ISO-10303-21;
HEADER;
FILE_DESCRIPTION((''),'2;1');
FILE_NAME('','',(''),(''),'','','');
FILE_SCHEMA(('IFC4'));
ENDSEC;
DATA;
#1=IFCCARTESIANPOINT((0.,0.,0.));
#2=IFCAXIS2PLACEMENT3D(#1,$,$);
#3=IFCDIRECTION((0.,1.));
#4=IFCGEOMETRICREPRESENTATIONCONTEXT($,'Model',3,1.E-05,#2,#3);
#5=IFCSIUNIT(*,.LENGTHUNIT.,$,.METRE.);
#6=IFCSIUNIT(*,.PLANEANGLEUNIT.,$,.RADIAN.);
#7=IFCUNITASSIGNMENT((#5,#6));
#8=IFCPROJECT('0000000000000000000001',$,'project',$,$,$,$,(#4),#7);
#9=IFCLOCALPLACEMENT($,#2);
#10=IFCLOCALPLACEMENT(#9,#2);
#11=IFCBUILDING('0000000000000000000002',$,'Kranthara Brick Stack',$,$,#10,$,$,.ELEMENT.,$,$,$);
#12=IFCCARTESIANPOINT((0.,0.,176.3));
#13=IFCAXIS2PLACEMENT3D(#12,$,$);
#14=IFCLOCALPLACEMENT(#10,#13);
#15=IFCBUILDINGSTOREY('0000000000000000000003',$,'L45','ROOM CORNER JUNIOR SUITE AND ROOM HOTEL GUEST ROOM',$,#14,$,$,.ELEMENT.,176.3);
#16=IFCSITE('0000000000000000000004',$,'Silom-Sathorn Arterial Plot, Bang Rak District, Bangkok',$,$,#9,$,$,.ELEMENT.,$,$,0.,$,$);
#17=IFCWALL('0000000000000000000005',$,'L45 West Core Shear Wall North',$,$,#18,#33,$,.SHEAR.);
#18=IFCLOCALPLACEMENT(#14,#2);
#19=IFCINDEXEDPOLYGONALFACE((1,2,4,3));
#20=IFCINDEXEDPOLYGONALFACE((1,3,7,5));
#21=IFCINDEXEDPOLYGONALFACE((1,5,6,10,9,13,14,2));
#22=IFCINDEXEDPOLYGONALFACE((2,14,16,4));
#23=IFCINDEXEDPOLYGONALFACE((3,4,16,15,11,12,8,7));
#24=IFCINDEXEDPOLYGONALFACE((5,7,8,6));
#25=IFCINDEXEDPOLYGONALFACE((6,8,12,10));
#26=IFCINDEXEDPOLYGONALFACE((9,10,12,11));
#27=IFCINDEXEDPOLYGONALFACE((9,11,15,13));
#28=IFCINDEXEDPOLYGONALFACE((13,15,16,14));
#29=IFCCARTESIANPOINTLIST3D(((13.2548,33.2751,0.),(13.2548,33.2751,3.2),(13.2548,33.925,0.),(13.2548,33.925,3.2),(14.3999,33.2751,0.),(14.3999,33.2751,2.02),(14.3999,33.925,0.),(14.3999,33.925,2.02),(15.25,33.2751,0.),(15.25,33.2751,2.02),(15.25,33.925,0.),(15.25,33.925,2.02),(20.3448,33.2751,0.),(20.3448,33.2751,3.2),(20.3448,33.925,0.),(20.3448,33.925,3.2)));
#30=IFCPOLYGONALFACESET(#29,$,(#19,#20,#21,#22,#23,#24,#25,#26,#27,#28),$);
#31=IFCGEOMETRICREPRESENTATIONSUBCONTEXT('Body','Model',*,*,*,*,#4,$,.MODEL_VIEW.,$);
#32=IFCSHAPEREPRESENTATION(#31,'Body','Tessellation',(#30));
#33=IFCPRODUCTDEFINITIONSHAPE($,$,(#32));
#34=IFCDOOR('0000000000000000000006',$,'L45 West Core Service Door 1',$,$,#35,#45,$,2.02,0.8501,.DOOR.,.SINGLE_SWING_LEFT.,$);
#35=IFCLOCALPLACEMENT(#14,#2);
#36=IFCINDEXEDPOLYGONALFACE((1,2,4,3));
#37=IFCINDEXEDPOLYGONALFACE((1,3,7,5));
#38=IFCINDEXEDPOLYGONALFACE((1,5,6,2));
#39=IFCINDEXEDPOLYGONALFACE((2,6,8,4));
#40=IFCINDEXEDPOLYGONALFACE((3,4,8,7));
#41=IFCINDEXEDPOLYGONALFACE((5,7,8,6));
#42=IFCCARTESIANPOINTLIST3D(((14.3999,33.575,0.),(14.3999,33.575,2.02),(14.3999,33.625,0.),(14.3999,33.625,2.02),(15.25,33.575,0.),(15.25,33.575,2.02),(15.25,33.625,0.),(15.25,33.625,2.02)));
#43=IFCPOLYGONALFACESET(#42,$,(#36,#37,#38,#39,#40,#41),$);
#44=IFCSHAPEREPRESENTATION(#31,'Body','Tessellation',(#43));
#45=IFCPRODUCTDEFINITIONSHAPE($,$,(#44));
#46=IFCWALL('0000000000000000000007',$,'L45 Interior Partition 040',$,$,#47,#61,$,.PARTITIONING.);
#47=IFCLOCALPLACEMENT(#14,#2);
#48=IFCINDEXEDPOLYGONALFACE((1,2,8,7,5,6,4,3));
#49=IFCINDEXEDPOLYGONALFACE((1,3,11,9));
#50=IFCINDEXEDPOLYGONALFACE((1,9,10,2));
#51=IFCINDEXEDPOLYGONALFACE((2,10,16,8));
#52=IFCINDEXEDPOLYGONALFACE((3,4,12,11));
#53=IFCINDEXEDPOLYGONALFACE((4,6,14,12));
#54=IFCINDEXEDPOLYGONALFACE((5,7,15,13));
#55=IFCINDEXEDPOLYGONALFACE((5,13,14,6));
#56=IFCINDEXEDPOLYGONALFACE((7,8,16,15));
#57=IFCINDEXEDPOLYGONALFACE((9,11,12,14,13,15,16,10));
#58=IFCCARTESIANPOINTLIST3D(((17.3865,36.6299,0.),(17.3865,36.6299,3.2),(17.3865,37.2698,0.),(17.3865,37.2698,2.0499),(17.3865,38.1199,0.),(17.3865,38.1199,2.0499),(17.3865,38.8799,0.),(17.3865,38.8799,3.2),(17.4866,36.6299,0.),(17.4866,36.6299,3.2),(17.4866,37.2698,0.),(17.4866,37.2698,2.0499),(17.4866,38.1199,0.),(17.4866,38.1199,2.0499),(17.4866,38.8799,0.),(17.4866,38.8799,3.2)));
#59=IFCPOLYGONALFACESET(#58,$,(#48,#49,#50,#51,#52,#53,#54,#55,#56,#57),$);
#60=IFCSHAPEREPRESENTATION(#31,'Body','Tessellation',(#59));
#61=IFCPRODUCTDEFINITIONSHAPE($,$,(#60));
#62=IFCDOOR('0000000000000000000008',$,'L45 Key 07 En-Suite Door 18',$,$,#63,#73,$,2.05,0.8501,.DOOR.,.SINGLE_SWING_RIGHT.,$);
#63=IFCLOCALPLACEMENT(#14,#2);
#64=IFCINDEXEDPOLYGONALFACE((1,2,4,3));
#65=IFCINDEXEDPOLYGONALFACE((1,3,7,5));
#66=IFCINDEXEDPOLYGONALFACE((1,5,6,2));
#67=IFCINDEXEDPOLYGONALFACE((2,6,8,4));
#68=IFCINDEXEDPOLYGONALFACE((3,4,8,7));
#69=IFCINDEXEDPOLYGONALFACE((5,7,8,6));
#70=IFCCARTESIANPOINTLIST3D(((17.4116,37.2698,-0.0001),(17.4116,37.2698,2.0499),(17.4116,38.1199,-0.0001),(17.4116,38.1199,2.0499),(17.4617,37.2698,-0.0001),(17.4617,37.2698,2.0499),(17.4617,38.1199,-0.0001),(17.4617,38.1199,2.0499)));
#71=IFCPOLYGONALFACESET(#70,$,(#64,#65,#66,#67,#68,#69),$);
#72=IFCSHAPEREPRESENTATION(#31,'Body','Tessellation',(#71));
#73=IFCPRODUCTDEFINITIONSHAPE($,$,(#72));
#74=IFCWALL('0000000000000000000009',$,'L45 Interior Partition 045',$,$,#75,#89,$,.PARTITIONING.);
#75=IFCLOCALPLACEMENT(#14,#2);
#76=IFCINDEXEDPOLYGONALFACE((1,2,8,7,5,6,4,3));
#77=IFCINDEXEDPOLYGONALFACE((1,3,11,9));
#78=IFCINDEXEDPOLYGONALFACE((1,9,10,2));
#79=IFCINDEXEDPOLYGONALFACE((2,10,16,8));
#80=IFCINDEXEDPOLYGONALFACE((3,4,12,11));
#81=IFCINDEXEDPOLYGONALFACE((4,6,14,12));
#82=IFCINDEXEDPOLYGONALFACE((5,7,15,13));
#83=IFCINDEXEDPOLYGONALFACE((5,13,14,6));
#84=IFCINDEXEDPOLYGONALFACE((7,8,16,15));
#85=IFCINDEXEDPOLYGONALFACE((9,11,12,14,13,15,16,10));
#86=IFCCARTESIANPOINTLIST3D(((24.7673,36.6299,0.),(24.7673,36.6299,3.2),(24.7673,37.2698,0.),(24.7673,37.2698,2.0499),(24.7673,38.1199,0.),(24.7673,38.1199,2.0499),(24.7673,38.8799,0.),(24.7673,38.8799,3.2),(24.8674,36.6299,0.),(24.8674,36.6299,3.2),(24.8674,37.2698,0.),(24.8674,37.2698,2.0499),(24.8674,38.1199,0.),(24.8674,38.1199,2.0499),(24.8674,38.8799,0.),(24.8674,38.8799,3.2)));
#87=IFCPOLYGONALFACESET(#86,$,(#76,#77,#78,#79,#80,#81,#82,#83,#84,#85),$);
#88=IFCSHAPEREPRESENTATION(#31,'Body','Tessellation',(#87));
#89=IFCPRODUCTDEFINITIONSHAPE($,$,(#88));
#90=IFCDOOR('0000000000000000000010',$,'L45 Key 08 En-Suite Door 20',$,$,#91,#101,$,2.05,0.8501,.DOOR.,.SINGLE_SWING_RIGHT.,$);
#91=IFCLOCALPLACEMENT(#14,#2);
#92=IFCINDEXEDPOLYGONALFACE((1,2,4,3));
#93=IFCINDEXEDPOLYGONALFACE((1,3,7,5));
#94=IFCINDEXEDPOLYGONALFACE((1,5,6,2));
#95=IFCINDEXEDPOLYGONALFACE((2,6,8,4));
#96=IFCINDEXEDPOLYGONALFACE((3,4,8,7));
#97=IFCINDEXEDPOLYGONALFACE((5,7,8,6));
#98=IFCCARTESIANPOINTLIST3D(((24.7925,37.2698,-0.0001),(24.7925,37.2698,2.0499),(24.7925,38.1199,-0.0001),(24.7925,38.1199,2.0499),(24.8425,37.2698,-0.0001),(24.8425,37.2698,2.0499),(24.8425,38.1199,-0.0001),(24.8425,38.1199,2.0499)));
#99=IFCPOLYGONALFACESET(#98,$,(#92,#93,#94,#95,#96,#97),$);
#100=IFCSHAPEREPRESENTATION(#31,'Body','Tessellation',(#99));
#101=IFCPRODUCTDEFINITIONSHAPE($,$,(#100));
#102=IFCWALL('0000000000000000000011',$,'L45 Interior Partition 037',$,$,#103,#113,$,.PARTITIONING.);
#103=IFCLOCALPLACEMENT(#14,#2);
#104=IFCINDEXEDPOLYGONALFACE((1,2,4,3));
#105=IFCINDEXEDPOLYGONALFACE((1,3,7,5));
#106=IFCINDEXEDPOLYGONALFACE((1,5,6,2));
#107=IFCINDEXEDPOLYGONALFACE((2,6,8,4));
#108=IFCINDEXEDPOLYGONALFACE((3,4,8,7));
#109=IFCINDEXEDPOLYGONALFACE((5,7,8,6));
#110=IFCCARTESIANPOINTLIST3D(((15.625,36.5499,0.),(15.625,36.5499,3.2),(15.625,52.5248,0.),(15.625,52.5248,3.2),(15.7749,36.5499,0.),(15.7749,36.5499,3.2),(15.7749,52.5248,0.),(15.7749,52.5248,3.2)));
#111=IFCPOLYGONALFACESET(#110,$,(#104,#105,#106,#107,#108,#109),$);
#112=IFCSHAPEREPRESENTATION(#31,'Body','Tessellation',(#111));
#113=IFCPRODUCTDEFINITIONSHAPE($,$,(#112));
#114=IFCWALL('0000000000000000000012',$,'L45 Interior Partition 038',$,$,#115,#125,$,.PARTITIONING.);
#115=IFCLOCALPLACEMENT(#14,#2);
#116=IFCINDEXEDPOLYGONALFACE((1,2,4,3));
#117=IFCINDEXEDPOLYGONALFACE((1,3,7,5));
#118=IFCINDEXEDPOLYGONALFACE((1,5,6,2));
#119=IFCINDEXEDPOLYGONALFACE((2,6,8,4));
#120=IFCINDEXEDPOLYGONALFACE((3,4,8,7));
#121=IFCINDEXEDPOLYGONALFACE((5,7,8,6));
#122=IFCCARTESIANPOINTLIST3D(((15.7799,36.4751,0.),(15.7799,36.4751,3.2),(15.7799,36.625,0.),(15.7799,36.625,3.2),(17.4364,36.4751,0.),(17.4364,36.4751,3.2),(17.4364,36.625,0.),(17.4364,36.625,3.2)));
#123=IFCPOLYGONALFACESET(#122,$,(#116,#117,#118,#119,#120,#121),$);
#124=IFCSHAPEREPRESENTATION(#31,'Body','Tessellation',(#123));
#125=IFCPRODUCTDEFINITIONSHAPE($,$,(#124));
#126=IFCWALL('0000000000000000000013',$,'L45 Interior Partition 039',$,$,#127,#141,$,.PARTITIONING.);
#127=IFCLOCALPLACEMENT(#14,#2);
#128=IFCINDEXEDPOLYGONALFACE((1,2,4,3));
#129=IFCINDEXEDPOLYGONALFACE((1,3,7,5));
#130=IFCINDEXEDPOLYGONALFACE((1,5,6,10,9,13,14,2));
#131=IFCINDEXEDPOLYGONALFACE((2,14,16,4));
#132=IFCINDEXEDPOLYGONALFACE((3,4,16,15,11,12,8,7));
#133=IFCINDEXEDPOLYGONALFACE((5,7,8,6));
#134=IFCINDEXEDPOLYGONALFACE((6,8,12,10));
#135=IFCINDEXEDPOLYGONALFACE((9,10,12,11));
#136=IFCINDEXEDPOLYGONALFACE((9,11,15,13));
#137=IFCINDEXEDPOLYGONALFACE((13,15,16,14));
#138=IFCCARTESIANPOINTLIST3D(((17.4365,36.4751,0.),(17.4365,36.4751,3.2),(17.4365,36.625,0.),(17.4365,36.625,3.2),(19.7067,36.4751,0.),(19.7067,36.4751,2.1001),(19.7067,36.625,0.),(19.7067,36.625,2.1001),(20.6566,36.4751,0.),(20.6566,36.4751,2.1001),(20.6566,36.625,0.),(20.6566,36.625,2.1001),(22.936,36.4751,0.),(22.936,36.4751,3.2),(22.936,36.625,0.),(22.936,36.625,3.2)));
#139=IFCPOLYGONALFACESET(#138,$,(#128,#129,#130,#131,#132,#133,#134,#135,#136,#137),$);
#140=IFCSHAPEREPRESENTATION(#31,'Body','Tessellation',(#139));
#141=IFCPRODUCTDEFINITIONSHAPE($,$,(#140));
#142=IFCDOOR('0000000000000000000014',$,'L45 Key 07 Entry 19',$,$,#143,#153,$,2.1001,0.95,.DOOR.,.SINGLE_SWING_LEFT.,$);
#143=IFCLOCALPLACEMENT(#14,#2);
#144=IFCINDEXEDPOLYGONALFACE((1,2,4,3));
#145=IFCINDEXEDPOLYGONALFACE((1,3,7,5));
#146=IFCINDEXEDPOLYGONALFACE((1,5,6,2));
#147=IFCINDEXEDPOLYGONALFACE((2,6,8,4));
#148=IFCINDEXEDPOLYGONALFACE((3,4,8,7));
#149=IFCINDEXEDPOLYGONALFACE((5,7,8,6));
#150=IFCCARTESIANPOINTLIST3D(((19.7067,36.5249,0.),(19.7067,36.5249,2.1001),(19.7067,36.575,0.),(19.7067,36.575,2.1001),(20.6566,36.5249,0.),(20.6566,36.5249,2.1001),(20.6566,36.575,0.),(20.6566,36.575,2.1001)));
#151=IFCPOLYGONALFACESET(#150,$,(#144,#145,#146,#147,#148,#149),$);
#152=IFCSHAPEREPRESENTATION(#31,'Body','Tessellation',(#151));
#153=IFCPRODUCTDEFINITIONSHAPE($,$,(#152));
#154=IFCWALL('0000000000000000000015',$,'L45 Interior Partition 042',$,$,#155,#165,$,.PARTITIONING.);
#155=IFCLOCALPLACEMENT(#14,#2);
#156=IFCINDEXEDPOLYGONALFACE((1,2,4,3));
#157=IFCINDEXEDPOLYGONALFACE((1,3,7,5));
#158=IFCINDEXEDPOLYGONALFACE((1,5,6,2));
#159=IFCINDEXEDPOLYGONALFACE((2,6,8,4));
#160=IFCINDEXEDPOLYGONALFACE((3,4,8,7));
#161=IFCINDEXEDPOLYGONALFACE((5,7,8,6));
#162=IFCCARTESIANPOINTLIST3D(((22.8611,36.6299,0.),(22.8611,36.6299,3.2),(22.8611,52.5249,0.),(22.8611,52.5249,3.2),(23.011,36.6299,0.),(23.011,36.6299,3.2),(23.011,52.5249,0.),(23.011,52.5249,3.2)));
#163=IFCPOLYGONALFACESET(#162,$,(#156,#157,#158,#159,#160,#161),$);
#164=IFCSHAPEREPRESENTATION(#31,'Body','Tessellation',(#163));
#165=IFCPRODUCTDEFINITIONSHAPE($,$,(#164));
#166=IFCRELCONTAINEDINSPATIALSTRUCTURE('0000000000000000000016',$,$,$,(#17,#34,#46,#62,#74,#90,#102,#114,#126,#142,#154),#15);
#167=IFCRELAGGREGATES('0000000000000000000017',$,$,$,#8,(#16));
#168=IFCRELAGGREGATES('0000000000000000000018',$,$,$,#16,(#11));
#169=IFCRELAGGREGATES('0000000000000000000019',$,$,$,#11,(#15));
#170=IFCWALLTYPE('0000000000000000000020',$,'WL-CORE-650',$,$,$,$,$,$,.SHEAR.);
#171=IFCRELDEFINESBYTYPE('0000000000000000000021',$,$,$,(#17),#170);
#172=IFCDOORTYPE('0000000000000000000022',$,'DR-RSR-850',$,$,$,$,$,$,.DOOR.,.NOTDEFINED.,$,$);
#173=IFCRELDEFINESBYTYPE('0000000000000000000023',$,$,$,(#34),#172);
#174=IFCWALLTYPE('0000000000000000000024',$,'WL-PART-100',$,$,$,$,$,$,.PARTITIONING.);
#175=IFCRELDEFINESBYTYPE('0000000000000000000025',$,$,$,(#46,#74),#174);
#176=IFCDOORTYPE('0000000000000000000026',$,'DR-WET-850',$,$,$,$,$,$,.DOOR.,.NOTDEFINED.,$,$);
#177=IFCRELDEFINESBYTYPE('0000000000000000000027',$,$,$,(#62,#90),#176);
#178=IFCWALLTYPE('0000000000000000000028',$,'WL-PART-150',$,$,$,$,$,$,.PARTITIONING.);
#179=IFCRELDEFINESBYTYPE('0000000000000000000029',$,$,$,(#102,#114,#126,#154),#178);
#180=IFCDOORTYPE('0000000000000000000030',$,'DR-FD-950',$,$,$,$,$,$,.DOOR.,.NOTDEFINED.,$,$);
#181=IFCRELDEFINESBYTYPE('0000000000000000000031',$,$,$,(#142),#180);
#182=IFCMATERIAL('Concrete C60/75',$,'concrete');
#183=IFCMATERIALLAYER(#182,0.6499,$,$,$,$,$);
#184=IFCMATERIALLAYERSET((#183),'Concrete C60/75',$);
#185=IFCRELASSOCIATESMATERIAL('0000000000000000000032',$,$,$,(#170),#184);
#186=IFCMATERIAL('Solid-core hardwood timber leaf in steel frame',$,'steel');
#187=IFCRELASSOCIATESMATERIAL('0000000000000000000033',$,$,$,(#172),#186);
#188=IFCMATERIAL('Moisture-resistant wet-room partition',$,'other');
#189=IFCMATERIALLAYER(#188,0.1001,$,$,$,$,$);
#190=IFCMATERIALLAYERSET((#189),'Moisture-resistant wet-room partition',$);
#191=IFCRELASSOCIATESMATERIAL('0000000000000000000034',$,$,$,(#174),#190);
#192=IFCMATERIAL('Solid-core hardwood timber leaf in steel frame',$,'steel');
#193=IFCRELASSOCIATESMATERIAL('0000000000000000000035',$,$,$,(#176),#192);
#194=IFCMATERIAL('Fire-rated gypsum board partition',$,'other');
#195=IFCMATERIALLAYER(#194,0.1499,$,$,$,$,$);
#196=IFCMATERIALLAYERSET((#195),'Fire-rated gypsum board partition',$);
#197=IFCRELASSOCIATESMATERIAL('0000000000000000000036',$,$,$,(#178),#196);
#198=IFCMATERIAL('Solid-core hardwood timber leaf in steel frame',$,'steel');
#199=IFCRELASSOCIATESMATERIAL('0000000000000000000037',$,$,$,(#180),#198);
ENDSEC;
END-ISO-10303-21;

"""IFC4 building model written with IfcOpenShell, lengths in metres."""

from ifc_helpers import new_model, si_unit, direction, frame, frame_2d, origin, place, context, subcontext, project, spatial, rectangle, extrude, material, layer, layer_set, type_object, element, fill, save


model = new_model("IFC4")

# Units and contexts
model_context = context("Model", 3, precision=1e-05, world=origin(), true_north=direction((0.0, 1.0)))
body_context = subcontext(model_context, "Body", "Model", "MODEL_VIEW")
ifc_project = project(units=[si_unit("LENGTHUNIT", "METRE"), si_unit("PLANEANGLEUNIT", "RADIAN")], contexts=[model_context])

# Site, building, storey
site_placement = place(None, origin())
site = spatial("IfcSite", under=ifc_project, at=site_placement, Name="Silom-Sathorn Arterial Plot, Bang Rak District, Bangkok", CompositionType="ELEMENT", RefElevation=0.0)
building_placement = place(site_placement, origin())
building = spatial("IfcBuilding", under=site, at=building_placement, Name="Kranthara Brick Stack", CompositionType="ELEMENT")
storey_placement = place(building_placement, frame((0.0, 0.0, 176.3)))
storey = spatial("IfcBuildingStorey", under=building, at=storey_placement, Name="L45", Description="ROOM CORNER JUNIOR SUITE AND ROOM HOTEL GUEST ROOM", CompositionType="ELEMENT", Elevation=176.3)

# Walls, openings, doors
ifc_material_1 = material(Name="Concrete C60/75", Category="concrete")
ifc_layer_1 = layer(ifc_material_1, 0.6499)
ifc_layer_set_1 = layer_set([ifc_layer_1], Name="Concrete C60/75")
wall_type_1 = type_object("IfcWallType", Name="WL-CORE-650", PredefinedType="SHEAR", material=ifc_layer_set_1)
wall_1_placement = place(storey_placement, frame((13.2549, 33.6001, 0.0), z_axis=(0.0, 0.0, 1.0), x_axis=(1.0, 0.0, 0.0)))
wall_1 = element("IfcWall", 1, at=wall_1_placement, inside=storey, type_object=wall_type_1, Name="L45 West Core Shear Wall North", PredefinedType="SHEAR", context=body_context, shape_type="SweptSolid", body=[
    extrude(rectangle(XDim=7.0901, YDim=0.6499, at=frame_2d((3.5449, 0.0))), origin(), (0.0, 0.0, 1.0), 3.2),
])
opening_1_placement = place(wall_1_placement, frame((1.145, 0.0, 0.0)))
opening_1 = element("IfcOpeningElement", 2, at=opening_1_placement, cuts=wall_1, PredefinedType="OPENING", context=body_context, shape_type="SweptSolid", body=[
    extrude(rectangle(XDim=0.8501, YDim=2.02, at=frame_2d((0.425, 1.01))), frame((0.0, 0.335, 0.0), z_axis=(0.0, -1.0, 0.0), x_axis=(1.0, 0.0, 0.0)), (0.0, 0.0, 1.0), 0.6699),
])
ifc_material_2 = material(Name="Solid-core hardwood timber leaf in steel frame", Category="steel")
door_type_1 = type_object("IfcDoorType", Name="DR-RSR-850", OperationType="NOTDEFINED", PredefinedType="DOOR", material=ifc_material_2)
door_1_placement = place(opening_1_placement, origin())
door_1 = element("IfcDoor", 3, at=door_1_placement, inside=storey, type_object=door_type_1, Name="L45 West Core Service Door 1", OperationType="SINGLE_SWING_LEFT", OverallHeight=2.02, OverallWidth=0.8501, PredefinedType="DOOR", context=body_context, shape_type="SweptSolid", body=[
    extrude(rectangle(XDim=0.8501, YDim=2.02, at=frame_2d((0.425, 1.01))), frame((0.0, 0.0249, 0.0), z_axis=(0.0, -1.0, 0.0), x_axis=(1.0, 0.0, 0.0)), (0.0, 0.0, 1.0), 0.05),
])
fill(opening_1, door_1)
ifc_material_3 = material(Name="Moisture-resistant wet-room partition", Category="other")
ifc_layer_2 = layer(ifc_material_3, 0.1001)
ifc_layer_set_2 = layer_set([ifc_layer_2], Name="Moisture-resistant wet-room partition")
wall_type_2 = type_object("IfcWallType", Name="WL-PART-100", PredefinedType="PARTITIONING", material=ifc_layer_set_2)
wall_2_placement = place(storey_placement, frame((17.4365, 36.6299, 0.0), z_axis=(0.0, 0.0, 1.0), x_axis=(0.0, 1.0, 0.0)))
wall_2 = element("IfcWall", 4, at=wall_2_placement, inside=storey, type_object=wall_type_2, Name="L45 Interior Partition 040", PredefinedType="PARTITIONING", context=body_context, shape_type="SweptSolid", body=[
    extrude(rectangle(XDim=2.25, YDim=0.1001, at=frame_2d((1.125, 0.0))), origin(), (0.0, 0.0, 1.0), 3.2),
])
opening_2_placement = place(wall_2_placement, frame((0.6399, 0.0, 0.0)))
opening_2 = element("IfcOpeningElement", 5, at=opening_2_placement, cuts=wall_2, PredefinedType="OPENING", context=body_context, shape_type="SweptSolid", body=[
    extrude(rectangle(XDim=0.8501, YDim=2.05, at=frame_2d((0.425, 1.0249))), frame((0.0, 0.0601, 0.0), z_axis=(0.0, -1.0, 0.0), x_axis=(1.0, 0.0, 0.0)), (0.0, 0.0, 1.0), 0.1201),
])
ifc_material_4 = material(Name="Solid-core hardwood timber leaf in steel frame", Category="steel")
door_type_2 = type_object("IfcDoorType", Name="DR-WET-850", OperationType="NOTDEFINED", PredefinedType="DOOR", material=ifc_material_4)
door_2_placement = place(opening_2_placement, origin())
door_2 = element("IfcDoor", 6, at=door_2_placement, inside=storey, type_object=door_type_2, Name="L45 Key 07 En-Suite Door 18", OperationType="SINGLE_SWING_RIGHT", OverallHeight=2.05, OverallWidth=0.8501, PredefinedType="DOOR", context=body_context, shape_type="SweptSolid", body=[
    extrude(rectangle(XDim=0.8501, YDim=2.05, at=frame_2d((0.425, 1.0249))), frame((0.0, 0.0249, 0.0), z_axis=(0.0, -1.0, 0.0), x_axis=(1.0, 0.0, 0.0)), (0.0, 0.0, 1.0), 0.05),
])
fill(opening_2, door_2)
wall_3_placement = place(storey_placement, frame((24.8174, 36.6299, 0.0), z_axis=(0.0, 0.0, 1.0), x_axis=(0.0, 1.0, 0.0)))
wall_3 = element("IfcWall", 7, at=wall_3_placement, inside=storey, type_object=wall_type_2, Name="L45 Interior Partition 045", PredefinedType="PARTITIONING", context=body_context, shape_type="SweptSolid", body=[
    extrude(rectangle(XDim=2.25, YDim=0.1001, at=frame_2d((1.125, 0.0))), origin(), (0.0, 0.0, 1.0), 3.2),
])
opening_3_placement = place(wall_3_placement, frame((0.6399, 0.0, 0.0)))
opening_3 = element("IfcOpeningElement", 8, at=opening_3_placement, cuts=wall_3, PredefinedType="OPENING", context=body_context, shape_type="SweptSolid", body=[
    extrude(rectangle(XDim=0.8501, YDim=2.05, at=frame_2d((0.425, 1.0249))), frame((0.0, 0.0601, 0.0), z_axis=(0.0, -1.0, 0.0), x_axis=(1.0, 0.0, 0.0)), (0.0, 0.0, 1.0), 0.1201),
])
door_3_placement = place(opening_3_placement, origin())
door_3 = element("IfcDoor", 9, at=door_3_placement, inside=storey, type_object=door_type_2, Name="L45 Key 08 En-Suite Door 20", OperationType="SINGLE_SWING_RIGHT", OverallHeight=2.05, OverallWidth=0.8501, PredefinedType="DOOR", context=body_context, shape_type="SweptSolid", body=[
    extrude(rectangle(XDim=0.8501, YDim=2.05, at=frame_2d((0.425, 1.0249))), frame((0.0, 0.0249, 0.0), z_axis=(0.0, -1.0, 0.0), x_axis=(1.0, 0.0, 0.0)), (0.0, 0.0, 1.0), 0.05),
])
fill(opening_3, door_3)

# Walls
ifc_material_5 = material(Name="Fire-rated gypsum board partition", Category="other")
ifc_layer_3 = layer(ifc_material_5, 0.1499)
ifc_layer_set_3 = layer_set([ifc_layer_3], Name="Fire-rated gypsum board partition")
wall_type_3 = type_object("IfcWallType", Name="WL-PART-150", PredefinedType="PARTITIONING", material=ifc_layer_set_3)
wall_4_placement = place(storey_placement, frame((15.7, 36.55, 0.0), z_axis=(0.0, 0.0, 1.0), x_axis=(0.0, 1.0, 0.0)))
element("IfcWall", 10, at=wall_4_placement, inside=storey, type_object=wall_type_3, Name="L45 Interior Partition 037", PredefinedType="PARTITIONING", context=body_context, shape_type="SweptSolid", body=[
    extrude(rectangle(XDim=15.9749, YDim=0.1499, at=frame_2d((7.9873, 0.0))), origin(), (0.0, 0.0, 1.0), 3.2),
])
wall_5_placement = place(storey_placement, frame((15.78, 36.55, 0.0), z_axis=(0.0, 0.0, 1.0), x_axis=(1.0, 0.0, 0.0)))
element("IfcWall", 11, at=wall_5_placement, inside=storey, type_object=wall_type_3, Name="L45 Interior Partition 038", PredefinedType="PARTITIONING", context=body_context, shape_type="SweptSolid", body=[
    extrude(rectangle(XDim=1.6565, YDim=0.1499, at=frame_2d((0.8281, 0.0))), origin(), (0.0, 0.0, 1.0), 3.2),
])

# Wall, opening, door
wall_6_placement = place(storey_placement, frame((17.4365, 36.55, 0.0), z_axis=(0.0, 0.0, 1.0), x_axis=(1.0, 0.0, 0.0)))
wall_6 = element("IfcWall", 12, at=wall_6_placement, inside=storey, type_object=wall_type_3, Name="L45 Interior Partition 039", PredefinedType="PARTITIONING", context=body_context, shape_type="SweptSolid", body=[
    extrude(rectangle(XDim=5.4995, YDim=0.1499, at=frame_2d((2.7498, 0.0))), origin(), (0.0, 0.0, 1.0), 3.2),
])
opening_4_placement = place(wall_6_placement, frame((2.27, 0.0, 0.0)))
opening_4 = element("IfcOpeningElement", 13, at=opening_4_placement, cuts=wall_6, PredefinedType="OPENING", context=body_context, shape_type="SweptSolid", body=[
    extrude(rectangle(XDim=0.95, YDim=2.1001, at=frame_2d((0.4751, 1.05))), frame((0.0, 0.085, 0.0), z_axis=(0.0, -1.0, 0.0), x_axis=(1.0, 0.0, 0.0)), (0.0, 0.0, 1.0), 0.1699),
])
ifc_material_6 = material(Name="Solid-core hardwood timber leaf in steel frame", Category="steel")
door_type_3 = type_object("IfcDoorType", Name="DR-FD-950", OperationType="NOTDEFINED", PredefinedType="DOOR", material=ifc_material_6)
door_4_placement = place(opening_4_placement, origin())
door_4 = element("IfcDoor", 14, at=door_4_placement, inside=storey, type_object=door_type_3, Name="L45 Key 07 Entry 19", OperationType="SINGLE_SWING_LEFT", OverallHeight=2.1001, OverallWidth=0.95, PredefinedType="DOOR", context=body_context, shape_type="SweptSolid", body=[
    extrude(rectangle(XDim=0.95, YDim=2.1001, at=frame_2d((0.4751, 1.05))), frame((0.0, 0.0249, 0.0), z_axis=(0.0, -1.0, 0.0), x_axis=(1.0, 0.0, 0.0)), (0.0, 0.0, 1.0), 0.05),
])
fill(opening_4, door_4)

# Wall
wall_7_placement = place(storey_placement, frame((22.936, 36.6299, 0.0), z_axis=(0.0, 0.0, 1.0), x_axis=(0.0, 1.0, 0.0)))
element("IfcWall", 15, at=wall_7_placement, inside=storey, type_object=wall_type_3, Name="L45 Interior Partition 042", PredefinedType="PARTITIONING", context=body_context, shape_type="SweptSolid", body=[
    extrude(rectangle(XDim=15.895, YDim=0.1499, at=frame_2d((7.9475, 0.0))), origin(), (0.0, 0.0, 1.0), 3.2),
])

save(model, "model.ifc")
